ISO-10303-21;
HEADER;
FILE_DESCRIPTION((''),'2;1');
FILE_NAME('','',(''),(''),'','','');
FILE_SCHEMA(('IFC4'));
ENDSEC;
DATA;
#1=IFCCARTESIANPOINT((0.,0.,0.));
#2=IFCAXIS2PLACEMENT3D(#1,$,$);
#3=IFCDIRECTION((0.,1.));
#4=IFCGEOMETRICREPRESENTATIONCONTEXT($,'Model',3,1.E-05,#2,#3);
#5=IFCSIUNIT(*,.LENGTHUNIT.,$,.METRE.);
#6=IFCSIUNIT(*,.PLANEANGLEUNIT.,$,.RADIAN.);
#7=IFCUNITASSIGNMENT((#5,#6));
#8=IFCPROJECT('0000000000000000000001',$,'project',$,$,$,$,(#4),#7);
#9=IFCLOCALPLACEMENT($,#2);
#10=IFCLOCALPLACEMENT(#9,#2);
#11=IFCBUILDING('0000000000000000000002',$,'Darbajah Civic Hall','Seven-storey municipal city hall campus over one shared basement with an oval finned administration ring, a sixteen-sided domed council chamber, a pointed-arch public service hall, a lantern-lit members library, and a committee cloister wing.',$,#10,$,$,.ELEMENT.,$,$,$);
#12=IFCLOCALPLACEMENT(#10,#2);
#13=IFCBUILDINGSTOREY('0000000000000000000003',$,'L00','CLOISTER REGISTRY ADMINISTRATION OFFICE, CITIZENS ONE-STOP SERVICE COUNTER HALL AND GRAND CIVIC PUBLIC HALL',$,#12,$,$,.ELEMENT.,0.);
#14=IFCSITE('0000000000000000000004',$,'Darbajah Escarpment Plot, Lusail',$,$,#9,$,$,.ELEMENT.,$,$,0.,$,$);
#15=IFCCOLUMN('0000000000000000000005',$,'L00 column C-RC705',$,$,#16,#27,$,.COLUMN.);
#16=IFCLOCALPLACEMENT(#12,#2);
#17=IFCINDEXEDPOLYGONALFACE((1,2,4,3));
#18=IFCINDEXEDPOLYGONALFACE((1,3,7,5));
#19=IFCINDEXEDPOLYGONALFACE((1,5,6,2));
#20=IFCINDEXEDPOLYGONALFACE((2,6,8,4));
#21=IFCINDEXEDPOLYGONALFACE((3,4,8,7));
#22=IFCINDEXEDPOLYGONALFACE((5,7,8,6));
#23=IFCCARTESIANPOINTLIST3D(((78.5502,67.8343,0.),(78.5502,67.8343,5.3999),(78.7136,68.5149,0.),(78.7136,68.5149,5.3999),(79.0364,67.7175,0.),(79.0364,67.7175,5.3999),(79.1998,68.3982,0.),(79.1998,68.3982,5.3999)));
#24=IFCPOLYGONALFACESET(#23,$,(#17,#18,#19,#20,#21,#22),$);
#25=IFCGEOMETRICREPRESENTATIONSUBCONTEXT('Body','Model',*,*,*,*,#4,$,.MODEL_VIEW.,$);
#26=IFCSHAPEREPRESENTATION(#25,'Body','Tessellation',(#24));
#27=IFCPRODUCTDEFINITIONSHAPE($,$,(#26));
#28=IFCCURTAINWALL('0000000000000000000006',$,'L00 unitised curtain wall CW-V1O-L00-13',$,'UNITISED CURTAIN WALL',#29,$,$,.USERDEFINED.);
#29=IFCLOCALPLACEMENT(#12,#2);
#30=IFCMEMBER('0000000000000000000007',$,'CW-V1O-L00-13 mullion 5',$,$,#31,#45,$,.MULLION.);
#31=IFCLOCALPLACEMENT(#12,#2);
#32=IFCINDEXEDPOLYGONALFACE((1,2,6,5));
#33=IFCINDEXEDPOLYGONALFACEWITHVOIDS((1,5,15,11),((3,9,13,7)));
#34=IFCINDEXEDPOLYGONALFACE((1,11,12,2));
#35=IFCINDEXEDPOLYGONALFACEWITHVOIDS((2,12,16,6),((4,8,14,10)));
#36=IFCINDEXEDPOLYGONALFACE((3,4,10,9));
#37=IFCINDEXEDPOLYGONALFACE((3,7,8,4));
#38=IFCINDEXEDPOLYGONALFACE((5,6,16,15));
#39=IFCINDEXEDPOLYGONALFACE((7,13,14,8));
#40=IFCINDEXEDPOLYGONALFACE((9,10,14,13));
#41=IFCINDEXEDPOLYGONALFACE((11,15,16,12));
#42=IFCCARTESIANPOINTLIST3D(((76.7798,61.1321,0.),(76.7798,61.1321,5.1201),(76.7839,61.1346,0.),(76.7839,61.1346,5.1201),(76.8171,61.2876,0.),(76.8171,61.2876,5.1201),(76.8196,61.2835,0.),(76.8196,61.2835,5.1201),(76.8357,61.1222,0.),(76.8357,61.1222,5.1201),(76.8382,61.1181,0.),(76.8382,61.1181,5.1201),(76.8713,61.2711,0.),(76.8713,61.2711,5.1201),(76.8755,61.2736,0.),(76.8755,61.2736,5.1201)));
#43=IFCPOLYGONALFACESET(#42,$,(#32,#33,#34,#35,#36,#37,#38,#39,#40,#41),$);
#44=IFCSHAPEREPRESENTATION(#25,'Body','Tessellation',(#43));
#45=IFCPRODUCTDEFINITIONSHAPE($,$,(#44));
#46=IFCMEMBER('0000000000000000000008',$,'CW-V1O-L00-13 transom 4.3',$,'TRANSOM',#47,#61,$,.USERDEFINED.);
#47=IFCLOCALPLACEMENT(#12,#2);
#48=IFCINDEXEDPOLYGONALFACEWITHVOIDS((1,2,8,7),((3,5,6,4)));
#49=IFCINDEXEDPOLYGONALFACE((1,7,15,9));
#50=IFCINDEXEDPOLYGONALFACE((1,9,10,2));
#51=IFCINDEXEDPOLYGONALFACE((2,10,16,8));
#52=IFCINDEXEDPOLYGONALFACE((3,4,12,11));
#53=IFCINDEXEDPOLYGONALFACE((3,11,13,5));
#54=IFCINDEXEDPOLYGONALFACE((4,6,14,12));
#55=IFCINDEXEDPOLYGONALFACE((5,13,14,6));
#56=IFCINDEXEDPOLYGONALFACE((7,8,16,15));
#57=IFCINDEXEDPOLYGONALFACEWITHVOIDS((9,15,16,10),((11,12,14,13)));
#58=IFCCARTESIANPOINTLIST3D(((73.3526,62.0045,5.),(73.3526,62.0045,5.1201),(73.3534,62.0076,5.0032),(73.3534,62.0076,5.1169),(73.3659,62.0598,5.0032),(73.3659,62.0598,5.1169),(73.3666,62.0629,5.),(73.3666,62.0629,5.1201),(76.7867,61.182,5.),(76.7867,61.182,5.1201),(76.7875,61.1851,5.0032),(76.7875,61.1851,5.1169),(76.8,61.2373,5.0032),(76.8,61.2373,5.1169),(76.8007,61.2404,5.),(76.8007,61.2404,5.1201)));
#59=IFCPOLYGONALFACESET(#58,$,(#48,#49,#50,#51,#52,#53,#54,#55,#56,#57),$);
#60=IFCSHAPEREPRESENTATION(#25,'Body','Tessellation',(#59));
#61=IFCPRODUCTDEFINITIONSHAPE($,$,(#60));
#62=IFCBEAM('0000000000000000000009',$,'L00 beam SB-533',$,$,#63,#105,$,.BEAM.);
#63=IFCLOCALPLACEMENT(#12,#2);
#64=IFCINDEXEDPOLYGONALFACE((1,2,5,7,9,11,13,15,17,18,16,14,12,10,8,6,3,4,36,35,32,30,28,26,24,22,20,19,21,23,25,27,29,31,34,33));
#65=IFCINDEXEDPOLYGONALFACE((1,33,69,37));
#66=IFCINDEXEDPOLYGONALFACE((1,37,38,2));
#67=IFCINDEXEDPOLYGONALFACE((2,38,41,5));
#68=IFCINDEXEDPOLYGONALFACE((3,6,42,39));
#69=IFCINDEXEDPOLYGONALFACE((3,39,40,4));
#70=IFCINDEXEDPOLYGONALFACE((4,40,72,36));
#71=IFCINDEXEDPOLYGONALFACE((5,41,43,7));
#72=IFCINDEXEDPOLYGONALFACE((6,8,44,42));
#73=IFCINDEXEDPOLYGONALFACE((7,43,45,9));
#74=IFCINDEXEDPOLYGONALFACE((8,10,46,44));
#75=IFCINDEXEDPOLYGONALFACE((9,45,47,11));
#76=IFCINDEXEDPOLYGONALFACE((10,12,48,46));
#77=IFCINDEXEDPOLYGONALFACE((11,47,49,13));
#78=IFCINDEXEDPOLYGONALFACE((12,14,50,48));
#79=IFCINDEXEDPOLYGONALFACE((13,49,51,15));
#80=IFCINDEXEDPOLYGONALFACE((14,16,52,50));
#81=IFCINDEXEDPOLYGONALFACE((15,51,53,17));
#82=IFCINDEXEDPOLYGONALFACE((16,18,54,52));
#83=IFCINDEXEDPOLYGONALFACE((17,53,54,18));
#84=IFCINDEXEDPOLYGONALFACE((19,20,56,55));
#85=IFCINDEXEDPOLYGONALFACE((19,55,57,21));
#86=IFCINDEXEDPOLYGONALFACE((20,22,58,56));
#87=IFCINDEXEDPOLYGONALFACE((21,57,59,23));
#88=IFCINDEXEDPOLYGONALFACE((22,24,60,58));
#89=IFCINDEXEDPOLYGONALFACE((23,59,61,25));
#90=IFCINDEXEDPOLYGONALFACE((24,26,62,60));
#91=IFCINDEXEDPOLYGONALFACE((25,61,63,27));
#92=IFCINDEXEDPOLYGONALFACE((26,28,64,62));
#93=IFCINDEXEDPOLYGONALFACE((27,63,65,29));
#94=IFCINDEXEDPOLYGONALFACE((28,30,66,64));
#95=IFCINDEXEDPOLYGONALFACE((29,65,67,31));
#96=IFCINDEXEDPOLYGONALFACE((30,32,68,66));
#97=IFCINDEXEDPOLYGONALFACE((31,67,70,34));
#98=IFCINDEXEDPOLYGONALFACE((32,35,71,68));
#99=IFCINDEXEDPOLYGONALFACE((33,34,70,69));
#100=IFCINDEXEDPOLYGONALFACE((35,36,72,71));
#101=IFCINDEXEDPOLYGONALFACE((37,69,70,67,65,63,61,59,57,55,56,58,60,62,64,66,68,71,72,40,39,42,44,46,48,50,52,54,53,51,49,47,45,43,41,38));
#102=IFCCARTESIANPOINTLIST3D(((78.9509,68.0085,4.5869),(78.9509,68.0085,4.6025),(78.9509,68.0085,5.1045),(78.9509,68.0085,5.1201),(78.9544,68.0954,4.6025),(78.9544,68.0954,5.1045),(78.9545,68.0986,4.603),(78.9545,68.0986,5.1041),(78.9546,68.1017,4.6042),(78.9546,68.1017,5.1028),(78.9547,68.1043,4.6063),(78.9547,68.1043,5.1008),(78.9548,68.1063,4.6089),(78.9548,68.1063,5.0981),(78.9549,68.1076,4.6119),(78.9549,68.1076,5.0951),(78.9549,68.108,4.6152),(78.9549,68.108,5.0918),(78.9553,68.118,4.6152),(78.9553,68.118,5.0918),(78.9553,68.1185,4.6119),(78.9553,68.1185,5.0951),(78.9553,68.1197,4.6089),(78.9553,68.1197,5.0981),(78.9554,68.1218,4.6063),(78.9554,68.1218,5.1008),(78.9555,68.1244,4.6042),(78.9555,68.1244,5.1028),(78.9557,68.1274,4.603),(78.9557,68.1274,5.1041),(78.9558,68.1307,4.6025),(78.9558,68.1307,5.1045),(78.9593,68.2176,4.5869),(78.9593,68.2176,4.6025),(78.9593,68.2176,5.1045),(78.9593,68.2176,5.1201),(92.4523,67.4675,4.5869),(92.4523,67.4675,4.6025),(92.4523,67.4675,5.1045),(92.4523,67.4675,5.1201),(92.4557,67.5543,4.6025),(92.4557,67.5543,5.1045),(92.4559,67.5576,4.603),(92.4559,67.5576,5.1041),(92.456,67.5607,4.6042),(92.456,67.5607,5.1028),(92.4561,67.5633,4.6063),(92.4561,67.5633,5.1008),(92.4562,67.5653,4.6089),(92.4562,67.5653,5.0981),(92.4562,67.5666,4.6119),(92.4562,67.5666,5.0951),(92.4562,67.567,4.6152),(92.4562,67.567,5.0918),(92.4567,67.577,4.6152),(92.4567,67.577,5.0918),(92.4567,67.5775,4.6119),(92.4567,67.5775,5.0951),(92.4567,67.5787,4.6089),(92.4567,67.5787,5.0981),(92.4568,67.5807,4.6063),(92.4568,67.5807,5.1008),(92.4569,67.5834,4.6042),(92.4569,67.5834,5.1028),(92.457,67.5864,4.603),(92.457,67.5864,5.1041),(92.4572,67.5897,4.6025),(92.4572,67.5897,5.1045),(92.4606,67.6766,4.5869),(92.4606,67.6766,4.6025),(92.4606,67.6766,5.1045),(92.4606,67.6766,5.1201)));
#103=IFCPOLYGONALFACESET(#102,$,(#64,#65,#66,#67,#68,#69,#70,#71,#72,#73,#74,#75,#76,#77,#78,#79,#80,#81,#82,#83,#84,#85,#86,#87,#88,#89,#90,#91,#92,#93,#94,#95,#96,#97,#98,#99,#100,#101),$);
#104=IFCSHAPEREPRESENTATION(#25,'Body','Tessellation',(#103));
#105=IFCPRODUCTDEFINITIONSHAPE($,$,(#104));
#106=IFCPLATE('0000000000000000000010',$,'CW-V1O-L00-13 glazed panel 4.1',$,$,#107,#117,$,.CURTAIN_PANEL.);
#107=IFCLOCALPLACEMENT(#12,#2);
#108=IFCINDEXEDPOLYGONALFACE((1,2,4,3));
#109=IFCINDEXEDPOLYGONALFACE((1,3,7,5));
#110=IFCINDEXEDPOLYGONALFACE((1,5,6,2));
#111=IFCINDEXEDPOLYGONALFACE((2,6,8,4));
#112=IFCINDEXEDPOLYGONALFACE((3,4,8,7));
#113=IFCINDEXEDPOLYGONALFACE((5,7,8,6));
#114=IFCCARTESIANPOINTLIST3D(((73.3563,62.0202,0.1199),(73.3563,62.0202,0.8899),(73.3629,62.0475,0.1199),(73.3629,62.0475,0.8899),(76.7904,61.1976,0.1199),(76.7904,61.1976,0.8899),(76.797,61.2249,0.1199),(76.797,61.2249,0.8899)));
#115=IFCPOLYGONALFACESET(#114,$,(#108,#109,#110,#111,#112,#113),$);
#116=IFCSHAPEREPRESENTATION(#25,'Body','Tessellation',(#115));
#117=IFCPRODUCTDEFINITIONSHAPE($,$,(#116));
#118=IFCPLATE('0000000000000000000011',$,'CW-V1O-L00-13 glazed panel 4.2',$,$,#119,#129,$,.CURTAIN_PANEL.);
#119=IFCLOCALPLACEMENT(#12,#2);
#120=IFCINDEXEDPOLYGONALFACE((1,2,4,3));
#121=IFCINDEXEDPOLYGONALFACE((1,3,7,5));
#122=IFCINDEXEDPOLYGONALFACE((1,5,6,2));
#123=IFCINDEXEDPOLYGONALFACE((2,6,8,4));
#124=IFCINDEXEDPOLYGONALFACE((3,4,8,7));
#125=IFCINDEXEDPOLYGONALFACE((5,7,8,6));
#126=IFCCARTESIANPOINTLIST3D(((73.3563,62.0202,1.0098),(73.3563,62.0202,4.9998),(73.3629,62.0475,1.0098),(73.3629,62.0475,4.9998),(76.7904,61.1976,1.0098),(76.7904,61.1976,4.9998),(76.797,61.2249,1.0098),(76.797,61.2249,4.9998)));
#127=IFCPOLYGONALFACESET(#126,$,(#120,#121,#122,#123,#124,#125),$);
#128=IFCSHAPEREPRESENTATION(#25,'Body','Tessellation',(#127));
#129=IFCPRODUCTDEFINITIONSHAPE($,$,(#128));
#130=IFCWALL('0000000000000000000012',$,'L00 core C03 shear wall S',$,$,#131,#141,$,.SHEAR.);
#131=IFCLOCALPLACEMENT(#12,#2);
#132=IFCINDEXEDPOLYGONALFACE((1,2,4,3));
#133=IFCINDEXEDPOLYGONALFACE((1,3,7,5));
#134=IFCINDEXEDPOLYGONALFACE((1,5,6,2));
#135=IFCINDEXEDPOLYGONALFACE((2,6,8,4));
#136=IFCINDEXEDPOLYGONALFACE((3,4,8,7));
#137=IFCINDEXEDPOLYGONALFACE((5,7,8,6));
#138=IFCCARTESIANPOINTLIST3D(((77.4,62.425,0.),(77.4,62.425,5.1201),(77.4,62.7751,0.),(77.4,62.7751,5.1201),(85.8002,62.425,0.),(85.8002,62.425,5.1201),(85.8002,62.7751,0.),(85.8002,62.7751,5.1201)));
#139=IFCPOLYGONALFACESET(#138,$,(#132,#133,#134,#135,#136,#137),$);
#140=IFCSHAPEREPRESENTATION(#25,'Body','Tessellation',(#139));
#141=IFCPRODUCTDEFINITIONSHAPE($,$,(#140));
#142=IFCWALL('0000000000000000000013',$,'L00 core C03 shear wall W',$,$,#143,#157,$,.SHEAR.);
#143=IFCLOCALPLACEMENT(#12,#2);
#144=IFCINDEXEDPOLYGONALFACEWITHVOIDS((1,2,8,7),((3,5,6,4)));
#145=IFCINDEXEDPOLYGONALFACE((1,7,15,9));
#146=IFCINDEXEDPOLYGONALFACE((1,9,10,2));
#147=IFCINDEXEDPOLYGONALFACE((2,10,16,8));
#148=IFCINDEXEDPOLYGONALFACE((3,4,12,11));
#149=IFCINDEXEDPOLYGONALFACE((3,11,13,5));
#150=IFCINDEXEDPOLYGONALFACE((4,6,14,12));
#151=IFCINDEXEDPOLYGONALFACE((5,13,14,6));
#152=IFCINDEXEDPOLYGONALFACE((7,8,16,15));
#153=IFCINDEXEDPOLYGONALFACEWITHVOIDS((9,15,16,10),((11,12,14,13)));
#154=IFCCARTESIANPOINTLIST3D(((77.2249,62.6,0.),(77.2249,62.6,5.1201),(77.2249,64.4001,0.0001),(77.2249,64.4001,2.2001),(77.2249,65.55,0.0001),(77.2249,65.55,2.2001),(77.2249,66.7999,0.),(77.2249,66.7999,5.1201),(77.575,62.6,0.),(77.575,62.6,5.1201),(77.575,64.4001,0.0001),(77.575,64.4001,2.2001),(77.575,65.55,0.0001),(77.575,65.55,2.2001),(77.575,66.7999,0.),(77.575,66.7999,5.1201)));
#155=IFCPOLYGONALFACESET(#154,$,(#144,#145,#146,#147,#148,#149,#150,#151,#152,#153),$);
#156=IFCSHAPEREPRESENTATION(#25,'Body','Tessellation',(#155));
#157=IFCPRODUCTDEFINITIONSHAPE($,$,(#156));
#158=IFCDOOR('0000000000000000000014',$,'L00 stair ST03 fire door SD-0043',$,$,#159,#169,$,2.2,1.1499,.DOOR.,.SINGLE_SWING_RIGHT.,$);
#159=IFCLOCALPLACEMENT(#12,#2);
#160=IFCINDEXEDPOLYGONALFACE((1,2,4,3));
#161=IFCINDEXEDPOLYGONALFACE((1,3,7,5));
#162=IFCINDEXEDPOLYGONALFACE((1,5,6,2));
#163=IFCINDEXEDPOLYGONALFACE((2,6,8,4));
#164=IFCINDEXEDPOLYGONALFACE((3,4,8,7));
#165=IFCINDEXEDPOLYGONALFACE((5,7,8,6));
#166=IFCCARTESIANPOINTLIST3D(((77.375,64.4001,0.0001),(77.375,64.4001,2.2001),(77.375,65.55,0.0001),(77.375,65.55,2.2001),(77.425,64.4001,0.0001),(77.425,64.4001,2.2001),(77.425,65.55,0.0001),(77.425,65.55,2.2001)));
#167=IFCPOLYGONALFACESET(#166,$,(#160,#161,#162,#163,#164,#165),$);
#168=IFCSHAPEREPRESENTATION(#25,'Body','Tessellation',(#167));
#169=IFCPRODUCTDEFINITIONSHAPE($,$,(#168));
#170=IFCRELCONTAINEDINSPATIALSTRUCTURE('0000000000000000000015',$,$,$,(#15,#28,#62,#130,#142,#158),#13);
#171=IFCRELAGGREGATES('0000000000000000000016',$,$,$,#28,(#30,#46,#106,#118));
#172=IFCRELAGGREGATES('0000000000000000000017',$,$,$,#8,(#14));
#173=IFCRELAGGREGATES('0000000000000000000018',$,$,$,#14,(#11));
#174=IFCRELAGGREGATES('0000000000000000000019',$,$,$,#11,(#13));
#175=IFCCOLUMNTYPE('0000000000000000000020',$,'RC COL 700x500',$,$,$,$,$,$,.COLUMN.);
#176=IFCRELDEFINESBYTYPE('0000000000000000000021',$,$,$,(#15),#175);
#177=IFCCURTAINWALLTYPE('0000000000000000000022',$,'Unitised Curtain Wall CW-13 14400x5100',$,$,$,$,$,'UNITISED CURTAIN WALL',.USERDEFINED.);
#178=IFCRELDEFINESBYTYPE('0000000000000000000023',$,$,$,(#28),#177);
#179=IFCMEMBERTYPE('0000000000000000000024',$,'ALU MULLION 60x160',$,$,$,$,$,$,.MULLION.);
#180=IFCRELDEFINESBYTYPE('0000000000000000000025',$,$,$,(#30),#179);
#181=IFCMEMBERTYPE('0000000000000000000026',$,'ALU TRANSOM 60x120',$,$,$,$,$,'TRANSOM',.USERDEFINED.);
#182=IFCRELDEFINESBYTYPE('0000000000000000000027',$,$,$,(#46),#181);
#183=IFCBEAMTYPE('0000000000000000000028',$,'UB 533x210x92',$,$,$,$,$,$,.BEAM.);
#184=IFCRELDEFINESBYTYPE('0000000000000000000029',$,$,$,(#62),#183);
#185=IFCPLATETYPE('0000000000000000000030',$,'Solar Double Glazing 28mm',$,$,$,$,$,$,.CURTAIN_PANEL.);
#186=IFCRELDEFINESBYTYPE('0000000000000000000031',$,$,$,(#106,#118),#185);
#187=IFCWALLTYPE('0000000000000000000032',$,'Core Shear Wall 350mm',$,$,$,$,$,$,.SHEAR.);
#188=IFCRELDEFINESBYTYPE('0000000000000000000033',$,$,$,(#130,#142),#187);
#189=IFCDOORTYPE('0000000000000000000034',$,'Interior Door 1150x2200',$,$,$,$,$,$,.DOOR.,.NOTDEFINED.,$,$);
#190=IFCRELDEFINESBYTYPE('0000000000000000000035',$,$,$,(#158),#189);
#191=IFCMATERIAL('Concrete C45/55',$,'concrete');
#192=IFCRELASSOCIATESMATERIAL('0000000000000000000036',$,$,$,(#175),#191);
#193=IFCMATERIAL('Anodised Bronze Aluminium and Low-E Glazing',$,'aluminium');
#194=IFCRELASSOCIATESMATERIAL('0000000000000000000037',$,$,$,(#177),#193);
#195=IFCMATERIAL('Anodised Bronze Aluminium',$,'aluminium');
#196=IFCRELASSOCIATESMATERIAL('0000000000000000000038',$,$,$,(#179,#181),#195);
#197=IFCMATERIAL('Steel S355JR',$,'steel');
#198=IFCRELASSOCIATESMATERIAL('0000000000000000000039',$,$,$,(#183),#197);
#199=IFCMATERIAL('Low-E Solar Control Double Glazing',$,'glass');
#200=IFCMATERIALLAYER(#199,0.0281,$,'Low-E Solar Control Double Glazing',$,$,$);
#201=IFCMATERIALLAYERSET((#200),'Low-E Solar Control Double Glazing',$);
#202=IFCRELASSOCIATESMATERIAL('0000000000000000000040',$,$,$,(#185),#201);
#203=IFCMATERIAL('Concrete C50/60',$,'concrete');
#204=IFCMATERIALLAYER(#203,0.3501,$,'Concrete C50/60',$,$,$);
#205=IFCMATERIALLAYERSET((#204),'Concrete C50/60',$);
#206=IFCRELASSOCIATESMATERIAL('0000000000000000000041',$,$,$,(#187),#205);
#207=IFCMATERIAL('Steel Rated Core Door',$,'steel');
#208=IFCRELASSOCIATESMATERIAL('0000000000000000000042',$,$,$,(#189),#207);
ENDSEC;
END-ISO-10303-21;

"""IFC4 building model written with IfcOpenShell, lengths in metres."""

from ifc_helpers import new_model, si_unit, direction, frame, frame_2d, origin, origin_2d, place, context, subcontext, project, spatial, rectangle, hollow_rectangle, i_section, extrude, material, layer, layer_set, material_profile, profile_set, type_object, element, fill, aggregate, save


model = new_model("IFC4")

# Units and contexts
model_context = context("Model", 3, precision=1e-05, world=origin(), true_north=direction((0.0, 1.0)))
body_context = subcontext(model_context, "Body", "Model", "MODEL_VIEW")
ifc_project = project(units=[si_unit("LENGTHUNIT", "METRE"), si_unit("PLANEANGLEUNIT", "RADIAN")], contexts=[model_context])

# Site, building, storey
site_placement = place(None, origin())
site = spatial("IfcSite", under=ifc_project, at=site_placement, Name="Darbajah Escarpment Plot, Lusail", CompositionType="ELEMENT", RefElevation=0.0)
building_placement = place(site_placement, origin())
building = spatial("IfcBuilding", under=site, at=building_placement, Name="Darbajah Civic Hall", Description="Seven-storey municipal city hall campus over one shared basement with an oval finned administration ring, a sixteen-sided domed council chamber, a pointed-arch public service hall, a lantern-lit members library, and a committee cloister wing.", CompositionType="ELEMENT")
storey_placement = place(building_placement, origin())
storey = spatial("IfcBuildingStorey", under=building, at=storey_placement, Name="L00", Description="CLOISTER REGISTRY ADMINISTRATION OFFICE, CITIZENS ONE-STOP SERVICE COUNTER HALL AND GRAND CIVIC PUBLIC HALL", CompositionType="ELEMENT", Elevation=0.0)

# Column
ifc_material_1 = material(Name="Concrete C45/55", Category="concrete")
ifc_material_profile_1 = material_profile(ifc_material_1, rectangle(XDim=0.7, YDim=0.5, at=origin_2d()), Name="RC COL 700x500")
ifc_profile_set_1 = profile_set([ifc_material_profile_1], Name="Concrete C45/55")
column_type = type_object("IfcColumnType", Name="RC COL 700x500", PredefinedType="COLUMN", material=ifc_profile_set_1)
column_placement = place(storey_placement, frame((78.875, 68.1162, 0.0), z_axis=(0.0, 0.0, 1.0), x_axis=(-0.233445, -0.97237, 0.0)))
element("IfcColumn", 1, at=column_placement, inside=storey, type_object=column_type, Name="L00 column C-RC705", PredefinedType="COLUMN", context=body_context, shape_type="SweptSolid", body=[
    extrude(rectangle(XDim=0.7, YDim=0.5, at=origin_2d()), origin(), (0.0, 0.0, 1.0), 5.3999),
])

# Curtain wall, members
ifc_material_2 = material(Name="Anodised Bronze Aluminium and Low-E Glazing", Category="aluminium")
curtain_wall_type = type_object("IfcCurtainWallType", Name="Unitised Curtain Wall CW-13 14400x5100", ElementType="UNITISED CURTAIN WALL", PredefinedType="USERDEFINED", material=ifc_material_2)
curtain_wall_placement = place(storey_placement, origin())
curtain_wall = element("IfcCurtainWall", 2, at=curtain_wall_placement, inside=storey, type_object=curtain_wall_type, Name="L00 unitised curtain wall CW-V1O-L00-13", ObjectType="UNITISED CURTAIN WALL", PredefinedType="USERDEFINED")
ifc_material_3 = material(Name="Anodised Bronze Aluminium", Category="aluminium")
ifc_material_profile_2 = material_profile(ifc_material_3, hollow_rectangle(XDim=0.0601, YDim=0.1599, WallThickness=0.0034, at=origin_2d()), Name="ALU MULLION 60x160")
ifc_profile_set_2 = profile_set([ifc_material_profile_2], Name="Anodised Bronze Aluminium")
member_type_1 = type_object("IfcMemberType", Name="ALU MULLION 60x160", PredefinedType="MULLION", material=ifc_profile_set_2)
member_1_placement = place(storey_placement, frame((76.8276, 61.2029, 0.0), z_axis=(0.0, 0.0, 1.0), x_axis=(0.972492, -0.232936, 0.0)))
member_1 = element("IfcMember", 3, at=member_1_placement, type_object=member_type_1, Name="CW-V1O-L00-13 mullion 5", PredefinedType="MULLION", context=body_context, shape_type="SweptSolid", body=[
    extrude(hollow_rectangle(XDim=0.0601, YDim=0.1599, WallThickness=0.0034, at=origin_2d()), origin(), (0.0, 0.0, 1.0), 5.1201),
])
ifc_material_profile_3 = material_profile(ifc_material_3, hollow_rectangle(XDim=0.0601, YDim=0.1201, WallThickness=0.0032, at=origin_2d()), Name="ALU TRANSOM 60x120")
ifc_profile_set_3 = profile_set([ifc_material_profile_3], Name="Anodised Bronze Aluminium")
member_type_2 = type_object("IfcMemberType", Name="ALU TRANSOM 60x120", ElementType="TRANSOM", PredefinedType="USERDEFINED", material=ifc_profile_set_3)
member_2_placement = place(storey_placement, frame((73.3596, 62.0337, 5.0601), z_axis=(0.972495, -0.232926, 0.0), x_axis=(0.232926, 0.972495, 0.0)))
member_2 = element("IfcMember", 4, at=member_2_placement, type_object=member_type_2, Name="CW-V1O-L00-13 transom 4.3", ObjectType="TRANSOM", PredefinedType="USERDEFINED", context=body_context, shape_type="SweptSolid", body=[
    extrude(hollow_rectangle(XDim=0.0601, YDim=0.1201, WallThickness=0.0032, at=origin_2d()), origin(), (0.0, 0.0, 1.0), 3.5312),
])

# Beam
ifc_material_4 = material(Name="Steel S355JR", Category="steel")
ifc_material_profile_4 = material_profile(ifc_material_4, i_section(OverallWidth=0.2092, OverallDepth=0.5332, WebThickness=0.01, FlangeThickness=0.0156, FilletRadius=0.0127, at=origin_2d()), Name="UB 533x210x92")
ifc_profile_set_4 = profile_set([ifc_material_profile_4], Name="Steel S355JR")
beam_type = type_object("IfcBeamType", Name="UB 533x210x92", PredefinedType="BEAM", material=ifc_profile_set_4)
beam_placement = place(storey_placement, frame((78.9551, 68.113, 4.8535), z_axis=(0.999198, -0.040039, 0.0), x_axis=(0.040039, 0.999198, 0.0)))
element("IfcBeam", 5, at=beam_placement, inside=storey, type_object=beam_type, Name="L00 beam SB-533", PredefinedType="BEAM", context=body_context, shape_type="SweptSolid", body=[
    extrude(i_section(OverallWidth=0.2092, OverallDepth=0.5332, WebThickness=0.01, FlangeThickness=0.0156, FilletRadius=0.0127, at=origin_2d()), origin(), (0.0, 0.0, 1.0), 13.5122),
])

# Plates
ifc_material_5 = material(Name="Low-E Solar Control Double Glazing", Category="glass")
ifc_layer_1 = layer(ifc_material_5, 0.0281, Name="Low-E Solar Control Double Glazing")
ifc_layer_set_1 = layer_set([ifc_layer_1], Name="Low-E Solar Control Double Glazing")
plate_type = type_object("IfcPlateType", Name="Solar Double Glazing 28mm", PredefinedType="CURTAIN_PANEL", material=ifc_layer_set_1)
plate_1_placement = place(storey_placement, frame((75.0767, 61.6226, 0.1199), z_axis=(0.0, 0.0, 1.0), x_axis=(0.972492, -0.232936, 0.0)))
plate_1 = element("IfcPlate", 6, at=plate_1_placement, type_object=plate_type, Name="CW-V1O-L00-13 glazed panel 4.1", PredefinedType="CURTAIN_PANEL", context=body_context, shape_type="SweptSolid", body=[
    extrude(rectangle(XDim=3.5312, YDim=0.0281, at=origin_2d()), origin(), (0.0, 0.0, 1.0), 0.77),
])
plate_2_placement = place(storey_placement, frame((75.0767, 61.6226, 1.0098), z_axis=(0.0, 0.0, 1.0), x_axis=(0.972492, -0.232936, 0.0)))
plate_2 = element("IfcPlate", 7, at=plate_2_placement, type_object=plate_type, Name="CW-V1O-L00-13 glazed panel 4.2", PredefinedType="CURTAIN_PANEL", context=body_context, shape_type="SweptSolid", body=[
    extrude(rectangle(XDim=3.5312, YDim=0.0281, at=origin_2d()), origin(), (0.0, 0.0, 1.0), 3.99),
])
aggregate(curtain_wall, [member_1, member_2, plate_1, plate_2])

# Wall
ifc_material_6 = material(Name="Concrete C50/60", Category="concrete")
ifc_layer_2 = layer(ifc_material_6, 0.3501, Name="Concrete C50/60")
ifc_layer_set_2 = layer_set([ifc_layer_2], Name="Concrete C50/60")
wall_type_1 = type_object("IfcWallType", Name="Core Shear Wall 350mm", PredefinedType="SHEAR", material=ifc_layer_set_2)
wall_1_placement = place(storey_placement, frame((77.3999, 62.6001, 0.0), z_axis=(0.0, 0.0, 1.0), x_axis=(1.0, 0.0, 0.0)))
element("IfcWall", 8, at=wall_1_placement, inside=storey, type_object=wall_type_1, Name="L00 core C03 shear wall S", PredefinedType="SHEAR", context=body_context, shape_type="SweptSolid", body=[
    extrude(rectangle(XDim=8.4001, YDim=0.3501, at=frame_2d((4.2002, 0.0))), origin(), (0.0, 0.0, 1.0), 5.1201),
])

# Wall, opening, door
wall_2_placement = place(storey_placement, frame((77.3999, 66.8, 0.0), z_axis=(0.0, 0.0, 1.0), x_axis=(0.0, -1.0, 0.0)))
wall_2 = element("IfcWall", 9, at=wall_2_placement, inside=storey, type_object=wall_type_1, Name="L00 core C03 shear wall W", PredefinedType="SHEAR", context=body_context, shape_type="SweptSolid", body=[
    extrude(rectangle(XDim=4.2, YDim=0.3501, at=frame_2d((2.1001, 0.0))), origin(), (0.0, 0.0, 1.0), 5.1201),
])
opening_1_placement = place(wall_2_placement, frame((1.25, 0.0, 0.0)))
opening_1 = element("IfcOpeningElement", 10, at=opening_1_placement, cuts=wall_2, PredefinedType="OPENING", context=body_context, shape_type="SweptSolid", body=[
    extrude(rectangle(XDim=1.1499, YDim=2.2, at=frame_2d((0.575, 1.1001))), frame((0.0, 0.1851, 0.0), z_axis=(0.0, -1.0, 0.0), x_axis=(1.0, 0.0, 0.0)), (0.0, 0.0, 1.0), 0.3701),
])
ifc_material_7 = material(Name="Steel Rated Core Door", Category="steel")
door_type_1 = type_object("IfcDoorType", Name="Interior Door 1150x2200", OperationType="NOTDEFINED", PredefinedType="DOOR", material=ifc_material_7)
door_1_placement = place(opening_1_placement, frame((1.1499, 0.0, 0.0), z_axis=(0.0, 0.0, 1.0), x_axis=(-1.0, 0.0, 0.0)))
door_1 = element("IfcDoor", 11, at=door_1_placement, inside=storey, type_object=door_type_1, Name="L00 stair ST03 fire door SD-0043", OperationType="SINGLE_SWING_RIGHT", OverallHeight=2.2, OverallWidth=1.1499, PredefinedType="DOOR", context=body_context, shape_type="SweptSolid", body=[
    extrude(rectangle(XDim=1.1499, YDim=2.2, at=frame_2d((0.575, 1.1001))), frame((0.0, 0.0249, 0.0), z_axis=(0.0, -1.0, 0.0), x_axis=(1.0, 0.0, 0.0)), (0.0, 0.0, 1.0), 0.05),
])
fill(opening_1, door_1)

save(model, "model.ifc")
